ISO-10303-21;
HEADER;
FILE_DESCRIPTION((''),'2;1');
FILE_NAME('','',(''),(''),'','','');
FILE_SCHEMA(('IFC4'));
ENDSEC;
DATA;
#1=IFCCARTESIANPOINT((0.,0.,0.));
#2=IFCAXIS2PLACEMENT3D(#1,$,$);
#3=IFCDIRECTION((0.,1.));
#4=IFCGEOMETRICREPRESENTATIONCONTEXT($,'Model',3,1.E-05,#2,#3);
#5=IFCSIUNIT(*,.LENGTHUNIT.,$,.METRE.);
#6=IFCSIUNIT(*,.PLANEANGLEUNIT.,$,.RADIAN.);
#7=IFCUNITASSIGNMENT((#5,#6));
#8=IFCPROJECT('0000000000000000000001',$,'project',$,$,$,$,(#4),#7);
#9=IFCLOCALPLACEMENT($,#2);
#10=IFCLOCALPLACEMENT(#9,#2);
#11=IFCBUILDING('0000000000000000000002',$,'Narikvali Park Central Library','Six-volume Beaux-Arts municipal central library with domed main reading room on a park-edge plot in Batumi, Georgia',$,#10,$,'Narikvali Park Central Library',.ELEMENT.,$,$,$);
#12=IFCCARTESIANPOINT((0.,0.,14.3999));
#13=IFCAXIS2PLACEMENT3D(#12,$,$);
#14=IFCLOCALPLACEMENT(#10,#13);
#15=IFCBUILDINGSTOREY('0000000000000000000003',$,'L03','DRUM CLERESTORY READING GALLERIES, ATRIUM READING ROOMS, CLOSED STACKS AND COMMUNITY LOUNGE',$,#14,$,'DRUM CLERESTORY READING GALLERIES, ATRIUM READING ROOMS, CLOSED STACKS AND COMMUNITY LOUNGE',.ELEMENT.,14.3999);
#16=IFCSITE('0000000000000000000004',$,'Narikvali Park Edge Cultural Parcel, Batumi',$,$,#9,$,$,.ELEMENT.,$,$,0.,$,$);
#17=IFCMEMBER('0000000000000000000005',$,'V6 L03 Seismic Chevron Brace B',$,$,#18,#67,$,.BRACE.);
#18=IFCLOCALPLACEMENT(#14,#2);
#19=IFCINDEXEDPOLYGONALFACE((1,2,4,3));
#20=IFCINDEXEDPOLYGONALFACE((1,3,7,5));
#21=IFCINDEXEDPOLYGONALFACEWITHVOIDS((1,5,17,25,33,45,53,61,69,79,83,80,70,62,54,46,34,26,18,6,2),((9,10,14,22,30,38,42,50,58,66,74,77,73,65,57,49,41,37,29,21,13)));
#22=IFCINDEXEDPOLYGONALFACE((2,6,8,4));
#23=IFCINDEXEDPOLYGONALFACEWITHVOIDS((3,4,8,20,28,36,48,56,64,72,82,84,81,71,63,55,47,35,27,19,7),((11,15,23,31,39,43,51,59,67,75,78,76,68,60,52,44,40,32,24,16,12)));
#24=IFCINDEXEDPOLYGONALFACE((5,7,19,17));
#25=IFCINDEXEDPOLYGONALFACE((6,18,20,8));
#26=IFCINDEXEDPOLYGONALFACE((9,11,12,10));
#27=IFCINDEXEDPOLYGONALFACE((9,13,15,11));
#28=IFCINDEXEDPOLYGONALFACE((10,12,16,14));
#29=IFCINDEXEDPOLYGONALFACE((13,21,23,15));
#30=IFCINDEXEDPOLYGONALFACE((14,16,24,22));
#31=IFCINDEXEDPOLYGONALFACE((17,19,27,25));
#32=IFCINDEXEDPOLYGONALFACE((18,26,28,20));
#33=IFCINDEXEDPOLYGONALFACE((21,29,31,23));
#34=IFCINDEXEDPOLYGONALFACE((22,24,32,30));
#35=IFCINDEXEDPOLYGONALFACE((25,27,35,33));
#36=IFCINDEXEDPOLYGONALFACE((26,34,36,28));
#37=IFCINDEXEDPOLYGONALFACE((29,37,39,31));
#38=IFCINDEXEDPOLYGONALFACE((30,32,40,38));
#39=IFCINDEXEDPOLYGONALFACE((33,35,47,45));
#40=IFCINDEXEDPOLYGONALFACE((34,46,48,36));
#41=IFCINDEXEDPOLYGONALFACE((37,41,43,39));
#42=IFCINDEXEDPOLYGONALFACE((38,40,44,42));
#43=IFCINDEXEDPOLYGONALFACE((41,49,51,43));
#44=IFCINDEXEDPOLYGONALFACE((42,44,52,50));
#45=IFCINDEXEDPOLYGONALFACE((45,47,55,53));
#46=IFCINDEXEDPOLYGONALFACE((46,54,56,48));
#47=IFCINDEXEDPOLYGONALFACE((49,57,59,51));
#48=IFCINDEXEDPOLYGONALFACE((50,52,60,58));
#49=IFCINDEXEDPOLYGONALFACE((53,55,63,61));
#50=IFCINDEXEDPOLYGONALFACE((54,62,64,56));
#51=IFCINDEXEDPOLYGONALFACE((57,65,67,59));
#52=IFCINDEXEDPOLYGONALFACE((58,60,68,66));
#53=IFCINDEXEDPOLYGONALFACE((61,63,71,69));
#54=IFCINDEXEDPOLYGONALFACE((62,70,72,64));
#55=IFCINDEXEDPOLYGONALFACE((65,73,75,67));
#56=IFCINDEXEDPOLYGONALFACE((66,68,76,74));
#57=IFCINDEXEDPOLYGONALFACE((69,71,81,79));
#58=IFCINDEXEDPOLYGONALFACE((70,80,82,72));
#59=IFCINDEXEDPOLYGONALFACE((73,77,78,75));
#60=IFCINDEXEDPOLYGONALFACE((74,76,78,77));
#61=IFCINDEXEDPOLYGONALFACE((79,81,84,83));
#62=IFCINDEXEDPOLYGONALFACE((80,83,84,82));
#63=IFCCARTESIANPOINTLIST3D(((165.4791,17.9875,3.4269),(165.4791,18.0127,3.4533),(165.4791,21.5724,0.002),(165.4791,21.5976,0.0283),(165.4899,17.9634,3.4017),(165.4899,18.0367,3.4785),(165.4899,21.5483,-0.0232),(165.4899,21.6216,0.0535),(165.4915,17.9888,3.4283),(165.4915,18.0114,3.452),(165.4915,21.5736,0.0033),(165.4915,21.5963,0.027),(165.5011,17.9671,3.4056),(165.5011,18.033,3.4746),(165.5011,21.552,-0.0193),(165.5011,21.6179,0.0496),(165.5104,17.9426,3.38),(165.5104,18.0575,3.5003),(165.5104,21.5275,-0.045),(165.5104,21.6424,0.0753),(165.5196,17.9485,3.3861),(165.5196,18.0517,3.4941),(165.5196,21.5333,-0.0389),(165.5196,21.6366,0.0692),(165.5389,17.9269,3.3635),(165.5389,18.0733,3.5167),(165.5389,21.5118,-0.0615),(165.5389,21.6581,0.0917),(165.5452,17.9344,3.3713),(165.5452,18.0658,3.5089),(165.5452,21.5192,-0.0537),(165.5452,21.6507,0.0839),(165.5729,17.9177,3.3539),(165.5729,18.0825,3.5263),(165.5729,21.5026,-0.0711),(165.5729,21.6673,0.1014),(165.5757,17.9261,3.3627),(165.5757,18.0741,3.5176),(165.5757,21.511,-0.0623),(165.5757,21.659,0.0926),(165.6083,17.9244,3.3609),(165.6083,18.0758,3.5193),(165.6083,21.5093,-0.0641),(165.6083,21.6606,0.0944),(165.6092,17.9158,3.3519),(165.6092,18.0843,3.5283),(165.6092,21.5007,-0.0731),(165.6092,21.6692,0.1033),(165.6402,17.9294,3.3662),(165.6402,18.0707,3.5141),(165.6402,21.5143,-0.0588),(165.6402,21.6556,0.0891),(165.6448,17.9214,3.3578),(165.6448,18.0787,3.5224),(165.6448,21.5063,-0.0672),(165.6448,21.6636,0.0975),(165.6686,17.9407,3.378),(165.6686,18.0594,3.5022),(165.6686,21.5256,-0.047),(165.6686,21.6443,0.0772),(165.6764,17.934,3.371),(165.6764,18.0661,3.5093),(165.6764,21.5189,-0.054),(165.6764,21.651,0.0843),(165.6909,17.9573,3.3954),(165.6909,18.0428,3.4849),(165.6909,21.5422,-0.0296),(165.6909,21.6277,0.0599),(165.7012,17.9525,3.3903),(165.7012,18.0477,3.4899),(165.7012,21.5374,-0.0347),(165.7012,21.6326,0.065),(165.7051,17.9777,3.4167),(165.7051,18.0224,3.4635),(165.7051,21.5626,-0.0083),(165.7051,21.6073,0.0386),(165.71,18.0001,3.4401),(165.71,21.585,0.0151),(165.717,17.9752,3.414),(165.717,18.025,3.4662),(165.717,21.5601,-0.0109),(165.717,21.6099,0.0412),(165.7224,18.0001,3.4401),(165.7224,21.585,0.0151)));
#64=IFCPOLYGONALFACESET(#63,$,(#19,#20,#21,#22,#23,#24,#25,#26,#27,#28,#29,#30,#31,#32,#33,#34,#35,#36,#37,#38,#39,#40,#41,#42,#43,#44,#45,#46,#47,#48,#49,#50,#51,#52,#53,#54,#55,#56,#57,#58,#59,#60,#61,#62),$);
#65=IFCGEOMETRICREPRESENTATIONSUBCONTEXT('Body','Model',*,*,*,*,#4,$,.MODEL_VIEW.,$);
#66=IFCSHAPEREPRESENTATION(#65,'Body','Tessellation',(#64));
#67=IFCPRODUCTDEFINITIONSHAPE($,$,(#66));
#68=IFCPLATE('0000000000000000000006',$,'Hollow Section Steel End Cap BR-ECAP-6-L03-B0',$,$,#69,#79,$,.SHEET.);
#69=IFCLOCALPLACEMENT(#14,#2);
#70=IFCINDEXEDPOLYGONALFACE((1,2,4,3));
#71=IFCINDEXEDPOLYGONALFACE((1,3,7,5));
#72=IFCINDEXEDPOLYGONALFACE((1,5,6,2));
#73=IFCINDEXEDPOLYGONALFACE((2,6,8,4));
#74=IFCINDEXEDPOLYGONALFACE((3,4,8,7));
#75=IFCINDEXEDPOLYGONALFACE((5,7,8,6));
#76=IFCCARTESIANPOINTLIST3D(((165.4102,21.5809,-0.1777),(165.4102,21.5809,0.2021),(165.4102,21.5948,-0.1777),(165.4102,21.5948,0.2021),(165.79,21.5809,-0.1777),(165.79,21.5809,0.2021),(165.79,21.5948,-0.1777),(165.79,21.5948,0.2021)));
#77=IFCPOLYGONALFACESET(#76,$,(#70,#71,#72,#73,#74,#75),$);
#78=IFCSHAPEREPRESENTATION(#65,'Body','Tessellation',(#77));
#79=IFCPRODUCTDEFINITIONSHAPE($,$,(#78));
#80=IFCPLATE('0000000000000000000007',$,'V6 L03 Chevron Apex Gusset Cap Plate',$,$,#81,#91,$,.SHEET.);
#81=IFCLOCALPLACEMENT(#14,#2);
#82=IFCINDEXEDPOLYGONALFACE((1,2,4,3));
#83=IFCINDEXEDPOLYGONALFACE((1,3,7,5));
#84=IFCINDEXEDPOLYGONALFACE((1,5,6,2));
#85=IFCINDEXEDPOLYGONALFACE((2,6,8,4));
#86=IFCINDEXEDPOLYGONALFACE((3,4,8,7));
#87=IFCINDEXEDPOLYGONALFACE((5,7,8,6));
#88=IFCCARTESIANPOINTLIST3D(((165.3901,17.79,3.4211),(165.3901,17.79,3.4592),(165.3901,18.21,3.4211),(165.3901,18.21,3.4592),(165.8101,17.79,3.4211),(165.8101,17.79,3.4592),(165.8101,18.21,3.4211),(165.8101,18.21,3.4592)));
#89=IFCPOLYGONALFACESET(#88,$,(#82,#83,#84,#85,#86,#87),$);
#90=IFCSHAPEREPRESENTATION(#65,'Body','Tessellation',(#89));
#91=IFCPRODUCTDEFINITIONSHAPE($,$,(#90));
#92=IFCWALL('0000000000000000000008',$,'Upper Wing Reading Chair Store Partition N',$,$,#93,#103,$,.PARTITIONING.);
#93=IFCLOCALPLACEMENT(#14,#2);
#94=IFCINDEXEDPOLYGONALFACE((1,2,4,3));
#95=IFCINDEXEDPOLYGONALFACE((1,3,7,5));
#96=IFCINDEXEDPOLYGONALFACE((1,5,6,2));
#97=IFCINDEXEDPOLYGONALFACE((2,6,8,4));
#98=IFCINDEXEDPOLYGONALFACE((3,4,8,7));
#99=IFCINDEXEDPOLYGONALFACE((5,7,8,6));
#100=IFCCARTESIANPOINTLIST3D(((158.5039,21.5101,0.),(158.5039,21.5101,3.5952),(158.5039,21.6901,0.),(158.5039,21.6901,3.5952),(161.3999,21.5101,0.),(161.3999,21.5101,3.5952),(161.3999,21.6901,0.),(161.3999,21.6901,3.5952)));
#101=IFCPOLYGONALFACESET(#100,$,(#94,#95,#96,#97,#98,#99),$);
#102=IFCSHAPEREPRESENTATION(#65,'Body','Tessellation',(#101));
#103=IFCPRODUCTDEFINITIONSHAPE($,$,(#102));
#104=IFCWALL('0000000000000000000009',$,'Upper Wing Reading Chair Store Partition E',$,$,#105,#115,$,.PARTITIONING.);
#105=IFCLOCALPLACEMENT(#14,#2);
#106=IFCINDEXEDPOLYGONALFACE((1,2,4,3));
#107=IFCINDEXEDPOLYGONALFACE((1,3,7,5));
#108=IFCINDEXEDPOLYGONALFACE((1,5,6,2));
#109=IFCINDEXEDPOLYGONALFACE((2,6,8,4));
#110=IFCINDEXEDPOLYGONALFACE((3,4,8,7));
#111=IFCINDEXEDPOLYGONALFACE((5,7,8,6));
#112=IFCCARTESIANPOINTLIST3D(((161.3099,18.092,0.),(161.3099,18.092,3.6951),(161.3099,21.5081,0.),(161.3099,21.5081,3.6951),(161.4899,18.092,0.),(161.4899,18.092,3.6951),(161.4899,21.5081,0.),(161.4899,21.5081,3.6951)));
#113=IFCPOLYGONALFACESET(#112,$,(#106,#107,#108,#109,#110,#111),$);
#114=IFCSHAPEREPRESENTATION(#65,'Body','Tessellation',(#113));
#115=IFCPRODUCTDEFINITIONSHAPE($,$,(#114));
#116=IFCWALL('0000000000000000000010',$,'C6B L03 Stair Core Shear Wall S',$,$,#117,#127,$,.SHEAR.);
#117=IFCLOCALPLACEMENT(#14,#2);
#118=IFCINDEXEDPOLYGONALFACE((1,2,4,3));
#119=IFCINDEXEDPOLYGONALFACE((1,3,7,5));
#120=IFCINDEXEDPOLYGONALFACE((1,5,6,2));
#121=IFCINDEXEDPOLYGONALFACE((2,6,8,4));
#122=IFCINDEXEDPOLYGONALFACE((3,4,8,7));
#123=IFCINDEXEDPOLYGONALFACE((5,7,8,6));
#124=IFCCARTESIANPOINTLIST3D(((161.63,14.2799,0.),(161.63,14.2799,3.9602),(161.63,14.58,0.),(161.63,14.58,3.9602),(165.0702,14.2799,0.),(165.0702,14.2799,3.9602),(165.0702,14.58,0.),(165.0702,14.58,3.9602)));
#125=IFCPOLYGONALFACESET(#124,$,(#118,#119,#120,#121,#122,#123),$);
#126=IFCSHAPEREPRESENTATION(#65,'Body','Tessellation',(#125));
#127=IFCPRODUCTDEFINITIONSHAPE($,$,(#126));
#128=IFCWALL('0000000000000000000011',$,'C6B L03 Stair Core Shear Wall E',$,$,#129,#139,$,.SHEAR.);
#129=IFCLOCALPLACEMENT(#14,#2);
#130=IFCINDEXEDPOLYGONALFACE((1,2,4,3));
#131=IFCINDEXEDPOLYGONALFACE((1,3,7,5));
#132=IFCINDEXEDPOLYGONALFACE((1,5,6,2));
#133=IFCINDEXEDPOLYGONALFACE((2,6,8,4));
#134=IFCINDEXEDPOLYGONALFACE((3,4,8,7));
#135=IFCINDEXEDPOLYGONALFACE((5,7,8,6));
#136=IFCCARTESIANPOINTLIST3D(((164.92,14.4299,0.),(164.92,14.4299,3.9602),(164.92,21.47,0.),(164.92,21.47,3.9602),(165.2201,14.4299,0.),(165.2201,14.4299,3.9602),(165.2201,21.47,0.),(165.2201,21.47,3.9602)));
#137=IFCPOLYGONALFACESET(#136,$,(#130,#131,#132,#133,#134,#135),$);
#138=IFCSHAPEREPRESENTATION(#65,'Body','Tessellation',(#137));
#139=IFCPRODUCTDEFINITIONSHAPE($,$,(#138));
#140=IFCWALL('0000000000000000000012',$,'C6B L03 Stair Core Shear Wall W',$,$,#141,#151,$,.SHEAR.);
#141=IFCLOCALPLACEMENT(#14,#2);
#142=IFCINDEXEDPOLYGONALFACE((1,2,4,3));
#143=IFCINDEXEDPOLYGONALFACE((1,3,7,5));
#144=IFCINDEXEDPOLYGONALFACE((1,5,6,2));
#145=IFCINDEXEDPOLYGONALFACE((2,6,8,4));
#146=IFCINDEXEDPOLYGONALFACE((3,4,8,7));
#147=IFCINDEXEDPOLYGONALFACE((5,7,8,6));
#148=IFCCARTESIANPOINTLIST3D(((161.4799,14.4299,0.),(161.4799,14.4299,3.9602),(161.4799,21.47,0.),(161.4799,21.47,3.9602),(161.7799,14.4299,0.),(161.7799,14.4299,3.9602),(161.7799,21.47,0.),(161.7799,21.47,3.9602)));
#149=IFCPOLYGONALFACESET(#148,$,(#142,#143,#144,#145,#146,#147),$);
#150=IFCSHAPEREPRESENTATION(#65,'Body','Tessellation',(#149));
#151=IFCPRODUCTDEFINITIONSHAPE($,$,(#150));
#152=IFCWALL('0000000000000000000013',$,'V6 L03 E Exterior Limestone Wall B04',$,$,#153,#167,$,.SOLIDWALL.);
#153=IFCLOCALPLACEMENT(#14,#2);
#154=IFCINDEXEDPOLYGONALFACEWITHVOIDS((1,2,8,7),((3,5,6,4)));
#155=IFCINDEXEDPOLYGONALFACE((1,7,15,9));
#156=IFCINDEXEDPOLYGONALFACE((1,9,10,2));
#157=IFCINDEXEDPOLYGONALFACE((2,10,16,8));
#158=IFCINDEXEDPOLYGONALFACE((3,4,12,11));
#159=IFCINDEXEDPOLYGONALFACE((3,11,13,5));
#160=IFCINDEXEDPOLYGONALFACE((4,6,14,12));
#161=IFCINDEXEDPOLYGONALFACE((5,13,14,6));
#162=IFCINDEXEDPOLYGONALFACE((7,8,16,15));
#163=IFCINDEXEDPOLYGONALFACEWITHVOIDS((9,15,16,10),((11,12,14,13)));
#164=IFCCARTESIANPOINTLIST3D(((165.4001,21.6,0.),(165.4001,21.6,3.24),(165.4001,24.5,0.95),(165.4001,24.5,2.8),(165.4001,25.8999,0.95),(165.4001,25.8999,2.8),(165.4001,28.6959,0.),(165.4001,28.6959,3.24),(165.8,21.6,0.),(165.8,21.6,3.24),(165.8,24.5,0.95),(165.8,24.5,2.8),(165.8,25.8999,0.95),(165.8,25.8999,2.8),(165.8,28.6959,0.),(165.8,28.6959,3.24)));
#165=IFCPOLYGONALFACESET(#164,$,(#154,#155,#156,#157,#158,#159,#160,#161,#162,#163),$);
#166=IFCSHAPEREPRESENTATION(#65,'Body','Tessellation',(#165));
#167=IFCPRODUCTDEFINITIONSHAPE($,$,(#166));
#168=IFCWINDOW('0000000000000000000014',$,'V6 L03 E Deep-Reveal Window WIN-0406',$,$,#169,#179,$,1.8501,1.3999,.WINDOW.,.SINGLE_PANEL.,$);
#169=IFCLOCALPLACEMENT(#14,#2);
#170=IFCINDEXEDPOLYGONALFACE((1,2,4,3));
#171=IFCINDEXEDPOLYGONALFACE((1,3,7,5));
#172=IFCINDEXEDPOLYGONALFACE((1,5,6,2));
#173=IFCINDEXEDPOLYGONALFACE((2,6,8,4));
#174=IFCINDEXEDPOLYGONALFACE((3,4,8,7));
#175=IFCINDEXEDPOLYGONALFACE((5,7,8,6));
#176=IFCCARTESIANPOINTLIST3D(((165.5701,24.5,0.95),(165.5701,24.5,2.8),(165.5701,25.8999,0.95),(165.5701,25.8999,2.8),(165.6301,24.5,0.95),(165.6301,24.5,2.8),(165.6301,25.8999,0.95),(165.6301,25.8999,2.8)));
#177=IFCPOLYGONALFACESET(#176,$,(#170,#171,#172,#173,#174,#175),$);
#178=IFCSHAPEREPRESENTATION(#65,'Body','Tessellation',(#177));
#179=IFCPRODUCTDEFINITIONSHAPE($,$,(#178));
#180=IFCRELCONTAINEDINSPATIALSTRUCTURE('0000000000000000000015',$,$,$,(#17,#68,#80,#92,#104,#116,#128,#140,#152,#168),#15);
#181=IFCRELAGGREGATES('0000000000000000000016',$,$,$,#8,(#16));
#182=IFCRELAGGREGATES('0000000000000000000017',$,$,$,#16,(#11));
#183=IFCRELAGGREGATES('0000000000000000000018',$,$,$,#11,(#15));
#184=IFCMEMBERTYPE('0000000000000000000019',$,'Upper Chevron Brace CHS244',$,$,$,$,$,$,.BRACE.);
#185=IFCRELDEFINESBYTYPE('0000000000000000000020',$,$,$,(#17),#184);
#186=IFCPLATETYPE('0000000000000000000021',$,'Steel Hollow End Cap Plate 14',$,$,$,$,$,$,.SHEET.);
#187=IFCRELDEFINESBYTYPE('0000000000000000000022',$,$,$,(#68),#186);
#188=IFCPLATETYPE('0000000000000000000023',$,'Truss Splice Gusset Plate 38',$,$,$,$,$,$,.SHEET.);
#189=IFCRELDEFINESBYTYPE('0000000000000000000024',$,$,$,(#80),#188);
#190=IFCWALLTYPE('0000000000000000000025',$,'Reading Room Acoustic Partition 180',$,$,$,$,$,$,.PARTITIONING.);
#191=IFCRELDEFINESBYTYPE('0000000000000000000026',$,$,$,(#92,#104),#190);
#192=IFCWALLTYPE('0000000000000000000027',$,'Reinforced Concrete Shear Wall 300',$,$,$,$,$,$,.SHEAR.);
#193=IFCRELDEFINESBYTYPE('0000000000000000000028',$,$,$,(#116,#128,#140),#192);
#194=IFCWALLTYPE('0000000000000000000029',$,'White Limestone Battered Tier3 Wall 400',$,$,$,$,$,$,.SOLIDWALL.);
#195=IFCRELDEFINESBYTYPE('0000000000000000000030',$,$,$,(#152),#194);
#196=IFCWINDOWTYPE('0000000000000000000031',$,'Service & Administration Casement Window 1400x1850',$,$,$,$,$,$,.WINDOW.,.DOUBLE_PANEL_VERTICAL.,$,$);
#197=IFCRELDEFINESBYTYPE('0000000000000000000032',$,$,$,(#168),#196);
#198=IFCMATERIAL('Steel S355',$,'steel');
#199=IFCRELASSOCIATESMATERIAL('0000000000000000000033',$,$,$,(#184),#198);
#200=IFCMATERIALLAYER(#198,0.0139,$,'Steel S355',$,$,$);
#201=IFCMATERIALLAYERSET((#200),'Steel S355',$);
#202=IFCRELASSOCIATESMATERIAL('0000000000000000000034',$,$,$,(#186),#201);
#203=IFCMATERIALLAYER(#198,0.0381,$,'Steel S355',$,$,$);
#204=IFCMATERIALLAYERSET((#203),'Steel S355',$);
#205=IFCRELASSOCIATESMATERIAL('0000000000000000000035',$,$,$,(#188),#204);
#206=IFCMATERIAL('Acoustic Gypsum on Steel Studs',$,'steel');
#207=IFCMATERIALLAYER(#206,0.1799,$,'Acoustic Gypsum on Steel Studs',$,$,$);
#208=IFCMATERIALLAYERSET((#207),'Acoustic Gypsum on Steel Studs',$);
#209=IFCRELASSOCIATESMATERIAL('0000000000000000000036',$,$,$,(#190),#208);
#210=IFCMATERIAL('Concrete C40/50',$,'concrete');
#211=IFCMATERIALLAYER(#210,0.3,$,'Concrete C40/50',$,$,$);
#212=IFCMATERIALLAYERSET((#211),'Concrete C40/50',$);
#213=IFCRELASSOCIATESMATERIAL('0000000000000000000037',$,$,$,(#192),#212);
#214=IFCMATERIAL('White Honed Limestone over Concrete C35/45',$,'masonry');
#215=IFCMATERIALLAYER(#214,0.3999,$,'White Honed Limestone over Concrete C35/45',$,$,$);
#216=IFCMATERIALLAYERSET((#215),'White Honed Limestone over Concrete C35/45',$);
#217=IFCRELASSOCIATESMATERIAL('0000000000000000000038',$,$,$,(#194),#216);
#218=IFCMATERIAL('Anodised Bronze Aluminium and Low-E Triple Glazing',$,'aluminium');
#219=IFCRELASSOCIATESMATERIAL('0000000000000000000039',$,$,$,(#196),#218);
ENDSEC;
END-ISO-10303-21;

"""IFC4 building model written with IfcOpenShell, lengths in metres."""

from ifc_helpers import new_model, si_unit, direction, frame, frame_2d, origin, origin_2d, place, context, subcontext, project, spatial, rectangle, hollow_circle, extrude, material, layer, layer_set, material_profile, profile_set, type_object, element, fill, save


model = new_model("IFC4")

# Units and contexts
model_context = context("Model", 3, precision=1e-05, world=origin(), true_north=direction((0.0, 1.0)))
body_context = subcontext(model_context, "Body", "Model", "MODEL_VIEW")
ifc_project = project(units=[si_unit("LENGTHUNIT", "METRE"), si_unit("PLANEANGLEUNIT", "RADIAN")], contexts=[model_context])

# Site, building, storey
site_placement = place(None, origin())
site = spatial("IfcSite", under=ifc_project, at=site_placement, Name="Narikvali Park Edge Cultural Parcel, Batumi", CompositionType="ELEMENT", RefElevation=0.0)
building_placement = place(site_placement, origin())
building = spatial("IfcBuilding", under=site, at=building_placement, Name="Narikvali Park Central Library", Description="Six-volume Beaux-Arts municipal central library with domed main reading room on a park-edge plot in Batumi, Georgia", LongName="Narikvali Park Central Library", CompositionType="ELEMENT")
storey_placement = place(building_placement, frame((0.0, 0.0, 14.3999)))
storey = spatial("IfcBuildingStorey", under=building, at=storey_placement, Name="L03", Description="DRUM CLERESTORY READING GALLERIES, ATRIUM READING ROOMS, CLOSED STACKS AND COMMUNITY LOUNGE", LongName="DRUM CLERESTORY READING GALLERIES, ATRIUM READING ROOMS, CLOSED STACKS AND COMMUNITY LOUNGE", CompositionType="ELEMENT", Elevation=14.3999)

# Shared definitions
ifc_material_1 = material(Name="Steel S355", Category="steel")

# Member
ifc_material_profile_1 = material_profile(ifc_material_1, hollow_circle(Radius=0.1223, WallThickness=0.0125, at=origin_2d()), Name="CHS 244.5x12.5")
ifc_profile_set_1 = profile_set([ifc_material_profile_1], Name="Steel S355")
member_type = type_object("IfcMemberType", Name="Upper Chevron Brace CHS244", PredefinedType="BRACE", material=ifc_profile_set_1)
member_placement = place(storey_placement, frame((165.6001, 21.585, 0.0151), z_axis=(0.0, -0.723049, 0.690797), x_axis=(1.0, 0.0, 0.0)))
element("IfcMember", 1, at=member_placement, inside=storey, type_object=member_type, Name="V6 L03 Seismic Chevron Brace B", PredefinedType="BRACE", context=body_context, shape_type="SweptSolid", body=[
    extrude(hollow_circle(Radius=0.1223, WallThickness=0.0125, at=origin_2d()), origin(), (0.0, 0.0, 1.0), 4.958),
])

# Plates
ifc_layer_1 = layer(ifc_material_1, 0.0139, Name="Steel S355")
ifc_layer_set_1 = layer_set([ifc_layer_1], Name="Steel S355")
plate_type_1 = type_object("IfcPlateType", Name="Steel Hollow End Cap Plate 14", PredefinedType="SHEET", material=ifc_layer_set_1)
plate_1_placement = place(storey_placement, frame((165.6001, 21.5879, -0.1777), z_axis=(0.0, 0.0, 1.0), x_axis=(1.0, 0.0, 0.0)))
element("IfcPlate", 2, at=plate_1_placement, inside=storey, type_object=plate_type_1, Name="Hollow Section Steel End Cap BR-ECAP-6-L03-B0", PredefinedType="SHEET", context=body_context, shape_type="SweptSolid", body=[
    extrude(rectangle(XDim=0.3799, YDim=0.0139, at=origin_2d()), origin(), (0.0, 0.0, 1.0), 0.3799),
])
ifc_layer_2 = layer(ifc_material_1, 0.0381, Name="Steel S355")
ifc_layer_set_2 = layer_set([ifc_layer_2], Name="Steel S355")
plate_type_2 = type_object("IfcPlateType", Name="Truss Splice Gusset Plate 38", PredefinedType="SHEET", material=ifc_layer_set_2)
plate_2_placement = place(storey_placement, frame((165.6001, 18.0, 3.4211), z_axis=(0.0, 0.0, 1.0), x_axis=(1.0, 0.0, 0.0)))
element("IfcPlate", 3, at=plate_2_placement, inside=storey, type_object=plate_type_2, Name="V6 L03 Chevron Apex Gusset Cap Plate", PredefinedType="SHEET", context=body_context, shape_type="SweptSolid", body=[
    extrude(rectangle(XDim=0.4199, YDim=0.4199, at=origin_2d()), origin(), (0.0, 0.0, 1.0), 0.0381),
])

# Walls
ifc_material_2 = material(Name="Acoustic Gypsum on Steel Studs", Category="steel")
ifc_layer_3 = layer(ifc_material_2, 0.1799, Name="Acoustic Gypsum on Steel Studs")
ifc_layer_set_3 = layer_set([ifc_layer_3], Name="Acoustic Gypsum on Steel Studs")
wall_type_1 = type_object("IfcWallType", Name="Reading Room Acoustic Partition 180", PredefinedType="PARTITIONING", material=ifc_layer_set_3)
wall_1_placement = place(storey_placement, frame((158.5039, 21.6001, 0.0), z_axis=(0.0, 0.0, 1.0), x_axis=(1.0, 0.0, 0.0)))
element("IfcWall", 4, at=wall_1_placement, inside=storey, type_object=wall_type_1, Name="Upper Wing Reading Chair Store Partition N", PredefinedType="PARTITIONING", context=body_context, shape_type="SweptSolid", body=[
    extrude(rectangle(XDim=2.896, YDim=0.1799, at=frame_2d((1.448, 0.0))), origin(), (0.0, 0.0, 1.0), 3.5952),
])
wall_2_placement = place(storey_placement, frame((161.3999, 18.092, 0.0), z_axis=(0.0, 0.0, 1.0), x_axis=(0.0, 1.0, 0.0)))
element("IfcWall", 5, at=wall_2_placement, inside=storey, type_object=wall_type_1, Name="Upper Wing Reading Chair Store Partition E", PredefinedType="PARTITIONING", context=body_context, shape_type="SweptSolid", body=[
    extrude(rectangle(XDim=3.416, YDim=0.1799, at=frame_2d((1.708, 0.0))), origin(), (0.0, 0.0, 1.0), 3.6951),
])
ifc_material_3 = material(Name="Concrete C40/50", Category="concrete")
ifc_layer_4 = layer(ifc_material_3, 0.3, Name="Concrete C40/50")
ifc_layer_set_4 = layer_set([ifc_layer_4], Name="Concrete C40/50")
wall_type_2 = type_object("IfcWallType", Name="Reinforced Concrete Shear Wall 300", PredefinedType="SHEAR", material=ifc_layer_set_4)
wall_3_placement = place(storey_placement, frame((161.6299, 14.4299, 0.0), z_axis=(0.0, 0.0, 1.0), x_axis=(1.0, 0.0, 0.0)))
element("IfcWall", 6, at=wall_3_placement, inside=storey, type_object=wall_type_2, Name="C6B L03 Stair Core Shear Wall S", PredefinedType="SHEAR", context=body_context, shape_type="SweptSolid", body=[
    extrude(rectangle(XDim=3.4402, YDim=0.3, at=frame_2d((1.7202, 0.0))), origin(), (0.0, 0.0, 1.0), 3.9602),
])
wall_4_placement = place(storey_placement, frame((165.0701, 14.4299, 0.0), z_axis=(0.0, 0.0, 1.0), x_axis=(0.0, 1.0, 0.0)))
element("IfcWall", 7, at=wall_4_placement, inside=storey, type_object=wall_type_2, Name="C6B L03 Stair Core Shear Wall E", PredefinedType="SHEAR", context=body_context, shape_type="SweptSolid", body=[
    extrude(rectangle(XDim=7.04, YDim=0.3, at=frame_2d((3.52, 0.0))), origin(), (0.0, 0.0, 1.0), 3.9602),
])

# Wall
wall_5_placement = place(storey_placement, frame((161.6299, 21.47, 0.0), z_axis=(0.0, 0.0, 1.0), x_axis=(0.0, -1.0, 0.0)))
element("IfcWall", 8, at=wall_5_placement, inside=storey, type_object=wall_type_2, Name="C6B L03 Stair Core Shear Wall W", PredefinedType="SHEAR", context=body_context, shape_type="SweptSolid", body=[
    extrude(rectangle(XDim=7.04, YDim=0.3, at=frame_2d((3.52, 0.0))), origin(), (0.0, 0.0, 1.0), 3.9602),
])

# Wall, opening, window
ifc_material_4 = material(Name="White Honed Limestone over Concrete C35/45", Category="masonry")
ifc_layer_5 = layer(ifc_material_4, 0.3999, Name="White Honed Limestone over Concrete C35/45")
ifc_layer_set_5 = layer_set([ifc_layer_5], Name="White Honed Limestone over Concrete C35/45")
wall_type_3 = type_object("IfcWallType", Name="White Limestone Battered Tier3 Wall 400", PredefinedType="SOLIDWALL", material=ifc_layer_set_5)
wall_6_placement = place(storey_placement, frame((165.6001, 21.6001, 0.0), z_axis=(0.0, 0.0, 1.0), x_axis=(0.0, 1.0, 0.0)))
wall_6 = element("IfcWall", 9, at=wall_6_placement, inside=storey, type_object=wall_type_3, Name="V6 L03 E Exterior Limestone Wall B04", PredefinedType="SOLIDWALL", context=body_context, shape_type="SweptSolid", body=[
    extrude(rectangle(XDim=7.0959, YDim=0.3999, at=frame_2d((3.5479, 0.0))), origin(), (0.0, 0.0, 1.0), 3.24),
])
opening_1_placement = place(wall_6_placement, frame((2.8999, 0.0, 0.95)))
opening_1 = element("IfcOpeningElement", 10, at=opening_1_placement, cuts=wall_6, PredefinedType="OPENING", context=body_context, shape_type="SweptSolid", body=[
    extrude(rectangle(XDim=1.3999, YDim=1.8501, at=frame_2d((0.7, 0.925))), frame((0.0, 0.2119, 0.0), z_axis=(0.0, -1.0, 0.0), x_axis=(1.0, 0.0, 0.0)), (0.0, 0.0, 1.0), 0.4238),
])
ifc_material_5 = material(Name="Anodised Bronze Aluminium and Low-E Triple Glazing", Category="aluminium")
window_type = type_object("IfcWindowType", Name="Service & Administration Casement Window 1400x1850", PartitioningType="DOUBLE_PANEL_VERTICAL", PredefinedType="WINDOW", material=ifc_material_5)
window_placement = place(opening_1_placement, origin())
window = element("IfcWindow", 11, at=window_placement, inside=storey, type_object=window_type, Name="V6 L03 E Deep-Reveal Window WIN-0406", OverallHeight=1.8501, OverallWidth=1.3999, PartitioningType="SINGLE_PANEL", PredefinedType="WINDOW", context=body_context, shape_type="SweptSolid", body=[
    extrude(rectangle(XDim=1.3999, YDim=1.8501, at=frame_2d((0.7, 0.925))), frame((0.0, 0.03, 0.0), z_axis=(0.0, -1.0, 0.0), x_axis=(1.0, 0.0, 0.0)), (0.0, 0.0, 1.0), 0.0601),
])
fill(opening_1, window)

save(model, "model.ifc")
